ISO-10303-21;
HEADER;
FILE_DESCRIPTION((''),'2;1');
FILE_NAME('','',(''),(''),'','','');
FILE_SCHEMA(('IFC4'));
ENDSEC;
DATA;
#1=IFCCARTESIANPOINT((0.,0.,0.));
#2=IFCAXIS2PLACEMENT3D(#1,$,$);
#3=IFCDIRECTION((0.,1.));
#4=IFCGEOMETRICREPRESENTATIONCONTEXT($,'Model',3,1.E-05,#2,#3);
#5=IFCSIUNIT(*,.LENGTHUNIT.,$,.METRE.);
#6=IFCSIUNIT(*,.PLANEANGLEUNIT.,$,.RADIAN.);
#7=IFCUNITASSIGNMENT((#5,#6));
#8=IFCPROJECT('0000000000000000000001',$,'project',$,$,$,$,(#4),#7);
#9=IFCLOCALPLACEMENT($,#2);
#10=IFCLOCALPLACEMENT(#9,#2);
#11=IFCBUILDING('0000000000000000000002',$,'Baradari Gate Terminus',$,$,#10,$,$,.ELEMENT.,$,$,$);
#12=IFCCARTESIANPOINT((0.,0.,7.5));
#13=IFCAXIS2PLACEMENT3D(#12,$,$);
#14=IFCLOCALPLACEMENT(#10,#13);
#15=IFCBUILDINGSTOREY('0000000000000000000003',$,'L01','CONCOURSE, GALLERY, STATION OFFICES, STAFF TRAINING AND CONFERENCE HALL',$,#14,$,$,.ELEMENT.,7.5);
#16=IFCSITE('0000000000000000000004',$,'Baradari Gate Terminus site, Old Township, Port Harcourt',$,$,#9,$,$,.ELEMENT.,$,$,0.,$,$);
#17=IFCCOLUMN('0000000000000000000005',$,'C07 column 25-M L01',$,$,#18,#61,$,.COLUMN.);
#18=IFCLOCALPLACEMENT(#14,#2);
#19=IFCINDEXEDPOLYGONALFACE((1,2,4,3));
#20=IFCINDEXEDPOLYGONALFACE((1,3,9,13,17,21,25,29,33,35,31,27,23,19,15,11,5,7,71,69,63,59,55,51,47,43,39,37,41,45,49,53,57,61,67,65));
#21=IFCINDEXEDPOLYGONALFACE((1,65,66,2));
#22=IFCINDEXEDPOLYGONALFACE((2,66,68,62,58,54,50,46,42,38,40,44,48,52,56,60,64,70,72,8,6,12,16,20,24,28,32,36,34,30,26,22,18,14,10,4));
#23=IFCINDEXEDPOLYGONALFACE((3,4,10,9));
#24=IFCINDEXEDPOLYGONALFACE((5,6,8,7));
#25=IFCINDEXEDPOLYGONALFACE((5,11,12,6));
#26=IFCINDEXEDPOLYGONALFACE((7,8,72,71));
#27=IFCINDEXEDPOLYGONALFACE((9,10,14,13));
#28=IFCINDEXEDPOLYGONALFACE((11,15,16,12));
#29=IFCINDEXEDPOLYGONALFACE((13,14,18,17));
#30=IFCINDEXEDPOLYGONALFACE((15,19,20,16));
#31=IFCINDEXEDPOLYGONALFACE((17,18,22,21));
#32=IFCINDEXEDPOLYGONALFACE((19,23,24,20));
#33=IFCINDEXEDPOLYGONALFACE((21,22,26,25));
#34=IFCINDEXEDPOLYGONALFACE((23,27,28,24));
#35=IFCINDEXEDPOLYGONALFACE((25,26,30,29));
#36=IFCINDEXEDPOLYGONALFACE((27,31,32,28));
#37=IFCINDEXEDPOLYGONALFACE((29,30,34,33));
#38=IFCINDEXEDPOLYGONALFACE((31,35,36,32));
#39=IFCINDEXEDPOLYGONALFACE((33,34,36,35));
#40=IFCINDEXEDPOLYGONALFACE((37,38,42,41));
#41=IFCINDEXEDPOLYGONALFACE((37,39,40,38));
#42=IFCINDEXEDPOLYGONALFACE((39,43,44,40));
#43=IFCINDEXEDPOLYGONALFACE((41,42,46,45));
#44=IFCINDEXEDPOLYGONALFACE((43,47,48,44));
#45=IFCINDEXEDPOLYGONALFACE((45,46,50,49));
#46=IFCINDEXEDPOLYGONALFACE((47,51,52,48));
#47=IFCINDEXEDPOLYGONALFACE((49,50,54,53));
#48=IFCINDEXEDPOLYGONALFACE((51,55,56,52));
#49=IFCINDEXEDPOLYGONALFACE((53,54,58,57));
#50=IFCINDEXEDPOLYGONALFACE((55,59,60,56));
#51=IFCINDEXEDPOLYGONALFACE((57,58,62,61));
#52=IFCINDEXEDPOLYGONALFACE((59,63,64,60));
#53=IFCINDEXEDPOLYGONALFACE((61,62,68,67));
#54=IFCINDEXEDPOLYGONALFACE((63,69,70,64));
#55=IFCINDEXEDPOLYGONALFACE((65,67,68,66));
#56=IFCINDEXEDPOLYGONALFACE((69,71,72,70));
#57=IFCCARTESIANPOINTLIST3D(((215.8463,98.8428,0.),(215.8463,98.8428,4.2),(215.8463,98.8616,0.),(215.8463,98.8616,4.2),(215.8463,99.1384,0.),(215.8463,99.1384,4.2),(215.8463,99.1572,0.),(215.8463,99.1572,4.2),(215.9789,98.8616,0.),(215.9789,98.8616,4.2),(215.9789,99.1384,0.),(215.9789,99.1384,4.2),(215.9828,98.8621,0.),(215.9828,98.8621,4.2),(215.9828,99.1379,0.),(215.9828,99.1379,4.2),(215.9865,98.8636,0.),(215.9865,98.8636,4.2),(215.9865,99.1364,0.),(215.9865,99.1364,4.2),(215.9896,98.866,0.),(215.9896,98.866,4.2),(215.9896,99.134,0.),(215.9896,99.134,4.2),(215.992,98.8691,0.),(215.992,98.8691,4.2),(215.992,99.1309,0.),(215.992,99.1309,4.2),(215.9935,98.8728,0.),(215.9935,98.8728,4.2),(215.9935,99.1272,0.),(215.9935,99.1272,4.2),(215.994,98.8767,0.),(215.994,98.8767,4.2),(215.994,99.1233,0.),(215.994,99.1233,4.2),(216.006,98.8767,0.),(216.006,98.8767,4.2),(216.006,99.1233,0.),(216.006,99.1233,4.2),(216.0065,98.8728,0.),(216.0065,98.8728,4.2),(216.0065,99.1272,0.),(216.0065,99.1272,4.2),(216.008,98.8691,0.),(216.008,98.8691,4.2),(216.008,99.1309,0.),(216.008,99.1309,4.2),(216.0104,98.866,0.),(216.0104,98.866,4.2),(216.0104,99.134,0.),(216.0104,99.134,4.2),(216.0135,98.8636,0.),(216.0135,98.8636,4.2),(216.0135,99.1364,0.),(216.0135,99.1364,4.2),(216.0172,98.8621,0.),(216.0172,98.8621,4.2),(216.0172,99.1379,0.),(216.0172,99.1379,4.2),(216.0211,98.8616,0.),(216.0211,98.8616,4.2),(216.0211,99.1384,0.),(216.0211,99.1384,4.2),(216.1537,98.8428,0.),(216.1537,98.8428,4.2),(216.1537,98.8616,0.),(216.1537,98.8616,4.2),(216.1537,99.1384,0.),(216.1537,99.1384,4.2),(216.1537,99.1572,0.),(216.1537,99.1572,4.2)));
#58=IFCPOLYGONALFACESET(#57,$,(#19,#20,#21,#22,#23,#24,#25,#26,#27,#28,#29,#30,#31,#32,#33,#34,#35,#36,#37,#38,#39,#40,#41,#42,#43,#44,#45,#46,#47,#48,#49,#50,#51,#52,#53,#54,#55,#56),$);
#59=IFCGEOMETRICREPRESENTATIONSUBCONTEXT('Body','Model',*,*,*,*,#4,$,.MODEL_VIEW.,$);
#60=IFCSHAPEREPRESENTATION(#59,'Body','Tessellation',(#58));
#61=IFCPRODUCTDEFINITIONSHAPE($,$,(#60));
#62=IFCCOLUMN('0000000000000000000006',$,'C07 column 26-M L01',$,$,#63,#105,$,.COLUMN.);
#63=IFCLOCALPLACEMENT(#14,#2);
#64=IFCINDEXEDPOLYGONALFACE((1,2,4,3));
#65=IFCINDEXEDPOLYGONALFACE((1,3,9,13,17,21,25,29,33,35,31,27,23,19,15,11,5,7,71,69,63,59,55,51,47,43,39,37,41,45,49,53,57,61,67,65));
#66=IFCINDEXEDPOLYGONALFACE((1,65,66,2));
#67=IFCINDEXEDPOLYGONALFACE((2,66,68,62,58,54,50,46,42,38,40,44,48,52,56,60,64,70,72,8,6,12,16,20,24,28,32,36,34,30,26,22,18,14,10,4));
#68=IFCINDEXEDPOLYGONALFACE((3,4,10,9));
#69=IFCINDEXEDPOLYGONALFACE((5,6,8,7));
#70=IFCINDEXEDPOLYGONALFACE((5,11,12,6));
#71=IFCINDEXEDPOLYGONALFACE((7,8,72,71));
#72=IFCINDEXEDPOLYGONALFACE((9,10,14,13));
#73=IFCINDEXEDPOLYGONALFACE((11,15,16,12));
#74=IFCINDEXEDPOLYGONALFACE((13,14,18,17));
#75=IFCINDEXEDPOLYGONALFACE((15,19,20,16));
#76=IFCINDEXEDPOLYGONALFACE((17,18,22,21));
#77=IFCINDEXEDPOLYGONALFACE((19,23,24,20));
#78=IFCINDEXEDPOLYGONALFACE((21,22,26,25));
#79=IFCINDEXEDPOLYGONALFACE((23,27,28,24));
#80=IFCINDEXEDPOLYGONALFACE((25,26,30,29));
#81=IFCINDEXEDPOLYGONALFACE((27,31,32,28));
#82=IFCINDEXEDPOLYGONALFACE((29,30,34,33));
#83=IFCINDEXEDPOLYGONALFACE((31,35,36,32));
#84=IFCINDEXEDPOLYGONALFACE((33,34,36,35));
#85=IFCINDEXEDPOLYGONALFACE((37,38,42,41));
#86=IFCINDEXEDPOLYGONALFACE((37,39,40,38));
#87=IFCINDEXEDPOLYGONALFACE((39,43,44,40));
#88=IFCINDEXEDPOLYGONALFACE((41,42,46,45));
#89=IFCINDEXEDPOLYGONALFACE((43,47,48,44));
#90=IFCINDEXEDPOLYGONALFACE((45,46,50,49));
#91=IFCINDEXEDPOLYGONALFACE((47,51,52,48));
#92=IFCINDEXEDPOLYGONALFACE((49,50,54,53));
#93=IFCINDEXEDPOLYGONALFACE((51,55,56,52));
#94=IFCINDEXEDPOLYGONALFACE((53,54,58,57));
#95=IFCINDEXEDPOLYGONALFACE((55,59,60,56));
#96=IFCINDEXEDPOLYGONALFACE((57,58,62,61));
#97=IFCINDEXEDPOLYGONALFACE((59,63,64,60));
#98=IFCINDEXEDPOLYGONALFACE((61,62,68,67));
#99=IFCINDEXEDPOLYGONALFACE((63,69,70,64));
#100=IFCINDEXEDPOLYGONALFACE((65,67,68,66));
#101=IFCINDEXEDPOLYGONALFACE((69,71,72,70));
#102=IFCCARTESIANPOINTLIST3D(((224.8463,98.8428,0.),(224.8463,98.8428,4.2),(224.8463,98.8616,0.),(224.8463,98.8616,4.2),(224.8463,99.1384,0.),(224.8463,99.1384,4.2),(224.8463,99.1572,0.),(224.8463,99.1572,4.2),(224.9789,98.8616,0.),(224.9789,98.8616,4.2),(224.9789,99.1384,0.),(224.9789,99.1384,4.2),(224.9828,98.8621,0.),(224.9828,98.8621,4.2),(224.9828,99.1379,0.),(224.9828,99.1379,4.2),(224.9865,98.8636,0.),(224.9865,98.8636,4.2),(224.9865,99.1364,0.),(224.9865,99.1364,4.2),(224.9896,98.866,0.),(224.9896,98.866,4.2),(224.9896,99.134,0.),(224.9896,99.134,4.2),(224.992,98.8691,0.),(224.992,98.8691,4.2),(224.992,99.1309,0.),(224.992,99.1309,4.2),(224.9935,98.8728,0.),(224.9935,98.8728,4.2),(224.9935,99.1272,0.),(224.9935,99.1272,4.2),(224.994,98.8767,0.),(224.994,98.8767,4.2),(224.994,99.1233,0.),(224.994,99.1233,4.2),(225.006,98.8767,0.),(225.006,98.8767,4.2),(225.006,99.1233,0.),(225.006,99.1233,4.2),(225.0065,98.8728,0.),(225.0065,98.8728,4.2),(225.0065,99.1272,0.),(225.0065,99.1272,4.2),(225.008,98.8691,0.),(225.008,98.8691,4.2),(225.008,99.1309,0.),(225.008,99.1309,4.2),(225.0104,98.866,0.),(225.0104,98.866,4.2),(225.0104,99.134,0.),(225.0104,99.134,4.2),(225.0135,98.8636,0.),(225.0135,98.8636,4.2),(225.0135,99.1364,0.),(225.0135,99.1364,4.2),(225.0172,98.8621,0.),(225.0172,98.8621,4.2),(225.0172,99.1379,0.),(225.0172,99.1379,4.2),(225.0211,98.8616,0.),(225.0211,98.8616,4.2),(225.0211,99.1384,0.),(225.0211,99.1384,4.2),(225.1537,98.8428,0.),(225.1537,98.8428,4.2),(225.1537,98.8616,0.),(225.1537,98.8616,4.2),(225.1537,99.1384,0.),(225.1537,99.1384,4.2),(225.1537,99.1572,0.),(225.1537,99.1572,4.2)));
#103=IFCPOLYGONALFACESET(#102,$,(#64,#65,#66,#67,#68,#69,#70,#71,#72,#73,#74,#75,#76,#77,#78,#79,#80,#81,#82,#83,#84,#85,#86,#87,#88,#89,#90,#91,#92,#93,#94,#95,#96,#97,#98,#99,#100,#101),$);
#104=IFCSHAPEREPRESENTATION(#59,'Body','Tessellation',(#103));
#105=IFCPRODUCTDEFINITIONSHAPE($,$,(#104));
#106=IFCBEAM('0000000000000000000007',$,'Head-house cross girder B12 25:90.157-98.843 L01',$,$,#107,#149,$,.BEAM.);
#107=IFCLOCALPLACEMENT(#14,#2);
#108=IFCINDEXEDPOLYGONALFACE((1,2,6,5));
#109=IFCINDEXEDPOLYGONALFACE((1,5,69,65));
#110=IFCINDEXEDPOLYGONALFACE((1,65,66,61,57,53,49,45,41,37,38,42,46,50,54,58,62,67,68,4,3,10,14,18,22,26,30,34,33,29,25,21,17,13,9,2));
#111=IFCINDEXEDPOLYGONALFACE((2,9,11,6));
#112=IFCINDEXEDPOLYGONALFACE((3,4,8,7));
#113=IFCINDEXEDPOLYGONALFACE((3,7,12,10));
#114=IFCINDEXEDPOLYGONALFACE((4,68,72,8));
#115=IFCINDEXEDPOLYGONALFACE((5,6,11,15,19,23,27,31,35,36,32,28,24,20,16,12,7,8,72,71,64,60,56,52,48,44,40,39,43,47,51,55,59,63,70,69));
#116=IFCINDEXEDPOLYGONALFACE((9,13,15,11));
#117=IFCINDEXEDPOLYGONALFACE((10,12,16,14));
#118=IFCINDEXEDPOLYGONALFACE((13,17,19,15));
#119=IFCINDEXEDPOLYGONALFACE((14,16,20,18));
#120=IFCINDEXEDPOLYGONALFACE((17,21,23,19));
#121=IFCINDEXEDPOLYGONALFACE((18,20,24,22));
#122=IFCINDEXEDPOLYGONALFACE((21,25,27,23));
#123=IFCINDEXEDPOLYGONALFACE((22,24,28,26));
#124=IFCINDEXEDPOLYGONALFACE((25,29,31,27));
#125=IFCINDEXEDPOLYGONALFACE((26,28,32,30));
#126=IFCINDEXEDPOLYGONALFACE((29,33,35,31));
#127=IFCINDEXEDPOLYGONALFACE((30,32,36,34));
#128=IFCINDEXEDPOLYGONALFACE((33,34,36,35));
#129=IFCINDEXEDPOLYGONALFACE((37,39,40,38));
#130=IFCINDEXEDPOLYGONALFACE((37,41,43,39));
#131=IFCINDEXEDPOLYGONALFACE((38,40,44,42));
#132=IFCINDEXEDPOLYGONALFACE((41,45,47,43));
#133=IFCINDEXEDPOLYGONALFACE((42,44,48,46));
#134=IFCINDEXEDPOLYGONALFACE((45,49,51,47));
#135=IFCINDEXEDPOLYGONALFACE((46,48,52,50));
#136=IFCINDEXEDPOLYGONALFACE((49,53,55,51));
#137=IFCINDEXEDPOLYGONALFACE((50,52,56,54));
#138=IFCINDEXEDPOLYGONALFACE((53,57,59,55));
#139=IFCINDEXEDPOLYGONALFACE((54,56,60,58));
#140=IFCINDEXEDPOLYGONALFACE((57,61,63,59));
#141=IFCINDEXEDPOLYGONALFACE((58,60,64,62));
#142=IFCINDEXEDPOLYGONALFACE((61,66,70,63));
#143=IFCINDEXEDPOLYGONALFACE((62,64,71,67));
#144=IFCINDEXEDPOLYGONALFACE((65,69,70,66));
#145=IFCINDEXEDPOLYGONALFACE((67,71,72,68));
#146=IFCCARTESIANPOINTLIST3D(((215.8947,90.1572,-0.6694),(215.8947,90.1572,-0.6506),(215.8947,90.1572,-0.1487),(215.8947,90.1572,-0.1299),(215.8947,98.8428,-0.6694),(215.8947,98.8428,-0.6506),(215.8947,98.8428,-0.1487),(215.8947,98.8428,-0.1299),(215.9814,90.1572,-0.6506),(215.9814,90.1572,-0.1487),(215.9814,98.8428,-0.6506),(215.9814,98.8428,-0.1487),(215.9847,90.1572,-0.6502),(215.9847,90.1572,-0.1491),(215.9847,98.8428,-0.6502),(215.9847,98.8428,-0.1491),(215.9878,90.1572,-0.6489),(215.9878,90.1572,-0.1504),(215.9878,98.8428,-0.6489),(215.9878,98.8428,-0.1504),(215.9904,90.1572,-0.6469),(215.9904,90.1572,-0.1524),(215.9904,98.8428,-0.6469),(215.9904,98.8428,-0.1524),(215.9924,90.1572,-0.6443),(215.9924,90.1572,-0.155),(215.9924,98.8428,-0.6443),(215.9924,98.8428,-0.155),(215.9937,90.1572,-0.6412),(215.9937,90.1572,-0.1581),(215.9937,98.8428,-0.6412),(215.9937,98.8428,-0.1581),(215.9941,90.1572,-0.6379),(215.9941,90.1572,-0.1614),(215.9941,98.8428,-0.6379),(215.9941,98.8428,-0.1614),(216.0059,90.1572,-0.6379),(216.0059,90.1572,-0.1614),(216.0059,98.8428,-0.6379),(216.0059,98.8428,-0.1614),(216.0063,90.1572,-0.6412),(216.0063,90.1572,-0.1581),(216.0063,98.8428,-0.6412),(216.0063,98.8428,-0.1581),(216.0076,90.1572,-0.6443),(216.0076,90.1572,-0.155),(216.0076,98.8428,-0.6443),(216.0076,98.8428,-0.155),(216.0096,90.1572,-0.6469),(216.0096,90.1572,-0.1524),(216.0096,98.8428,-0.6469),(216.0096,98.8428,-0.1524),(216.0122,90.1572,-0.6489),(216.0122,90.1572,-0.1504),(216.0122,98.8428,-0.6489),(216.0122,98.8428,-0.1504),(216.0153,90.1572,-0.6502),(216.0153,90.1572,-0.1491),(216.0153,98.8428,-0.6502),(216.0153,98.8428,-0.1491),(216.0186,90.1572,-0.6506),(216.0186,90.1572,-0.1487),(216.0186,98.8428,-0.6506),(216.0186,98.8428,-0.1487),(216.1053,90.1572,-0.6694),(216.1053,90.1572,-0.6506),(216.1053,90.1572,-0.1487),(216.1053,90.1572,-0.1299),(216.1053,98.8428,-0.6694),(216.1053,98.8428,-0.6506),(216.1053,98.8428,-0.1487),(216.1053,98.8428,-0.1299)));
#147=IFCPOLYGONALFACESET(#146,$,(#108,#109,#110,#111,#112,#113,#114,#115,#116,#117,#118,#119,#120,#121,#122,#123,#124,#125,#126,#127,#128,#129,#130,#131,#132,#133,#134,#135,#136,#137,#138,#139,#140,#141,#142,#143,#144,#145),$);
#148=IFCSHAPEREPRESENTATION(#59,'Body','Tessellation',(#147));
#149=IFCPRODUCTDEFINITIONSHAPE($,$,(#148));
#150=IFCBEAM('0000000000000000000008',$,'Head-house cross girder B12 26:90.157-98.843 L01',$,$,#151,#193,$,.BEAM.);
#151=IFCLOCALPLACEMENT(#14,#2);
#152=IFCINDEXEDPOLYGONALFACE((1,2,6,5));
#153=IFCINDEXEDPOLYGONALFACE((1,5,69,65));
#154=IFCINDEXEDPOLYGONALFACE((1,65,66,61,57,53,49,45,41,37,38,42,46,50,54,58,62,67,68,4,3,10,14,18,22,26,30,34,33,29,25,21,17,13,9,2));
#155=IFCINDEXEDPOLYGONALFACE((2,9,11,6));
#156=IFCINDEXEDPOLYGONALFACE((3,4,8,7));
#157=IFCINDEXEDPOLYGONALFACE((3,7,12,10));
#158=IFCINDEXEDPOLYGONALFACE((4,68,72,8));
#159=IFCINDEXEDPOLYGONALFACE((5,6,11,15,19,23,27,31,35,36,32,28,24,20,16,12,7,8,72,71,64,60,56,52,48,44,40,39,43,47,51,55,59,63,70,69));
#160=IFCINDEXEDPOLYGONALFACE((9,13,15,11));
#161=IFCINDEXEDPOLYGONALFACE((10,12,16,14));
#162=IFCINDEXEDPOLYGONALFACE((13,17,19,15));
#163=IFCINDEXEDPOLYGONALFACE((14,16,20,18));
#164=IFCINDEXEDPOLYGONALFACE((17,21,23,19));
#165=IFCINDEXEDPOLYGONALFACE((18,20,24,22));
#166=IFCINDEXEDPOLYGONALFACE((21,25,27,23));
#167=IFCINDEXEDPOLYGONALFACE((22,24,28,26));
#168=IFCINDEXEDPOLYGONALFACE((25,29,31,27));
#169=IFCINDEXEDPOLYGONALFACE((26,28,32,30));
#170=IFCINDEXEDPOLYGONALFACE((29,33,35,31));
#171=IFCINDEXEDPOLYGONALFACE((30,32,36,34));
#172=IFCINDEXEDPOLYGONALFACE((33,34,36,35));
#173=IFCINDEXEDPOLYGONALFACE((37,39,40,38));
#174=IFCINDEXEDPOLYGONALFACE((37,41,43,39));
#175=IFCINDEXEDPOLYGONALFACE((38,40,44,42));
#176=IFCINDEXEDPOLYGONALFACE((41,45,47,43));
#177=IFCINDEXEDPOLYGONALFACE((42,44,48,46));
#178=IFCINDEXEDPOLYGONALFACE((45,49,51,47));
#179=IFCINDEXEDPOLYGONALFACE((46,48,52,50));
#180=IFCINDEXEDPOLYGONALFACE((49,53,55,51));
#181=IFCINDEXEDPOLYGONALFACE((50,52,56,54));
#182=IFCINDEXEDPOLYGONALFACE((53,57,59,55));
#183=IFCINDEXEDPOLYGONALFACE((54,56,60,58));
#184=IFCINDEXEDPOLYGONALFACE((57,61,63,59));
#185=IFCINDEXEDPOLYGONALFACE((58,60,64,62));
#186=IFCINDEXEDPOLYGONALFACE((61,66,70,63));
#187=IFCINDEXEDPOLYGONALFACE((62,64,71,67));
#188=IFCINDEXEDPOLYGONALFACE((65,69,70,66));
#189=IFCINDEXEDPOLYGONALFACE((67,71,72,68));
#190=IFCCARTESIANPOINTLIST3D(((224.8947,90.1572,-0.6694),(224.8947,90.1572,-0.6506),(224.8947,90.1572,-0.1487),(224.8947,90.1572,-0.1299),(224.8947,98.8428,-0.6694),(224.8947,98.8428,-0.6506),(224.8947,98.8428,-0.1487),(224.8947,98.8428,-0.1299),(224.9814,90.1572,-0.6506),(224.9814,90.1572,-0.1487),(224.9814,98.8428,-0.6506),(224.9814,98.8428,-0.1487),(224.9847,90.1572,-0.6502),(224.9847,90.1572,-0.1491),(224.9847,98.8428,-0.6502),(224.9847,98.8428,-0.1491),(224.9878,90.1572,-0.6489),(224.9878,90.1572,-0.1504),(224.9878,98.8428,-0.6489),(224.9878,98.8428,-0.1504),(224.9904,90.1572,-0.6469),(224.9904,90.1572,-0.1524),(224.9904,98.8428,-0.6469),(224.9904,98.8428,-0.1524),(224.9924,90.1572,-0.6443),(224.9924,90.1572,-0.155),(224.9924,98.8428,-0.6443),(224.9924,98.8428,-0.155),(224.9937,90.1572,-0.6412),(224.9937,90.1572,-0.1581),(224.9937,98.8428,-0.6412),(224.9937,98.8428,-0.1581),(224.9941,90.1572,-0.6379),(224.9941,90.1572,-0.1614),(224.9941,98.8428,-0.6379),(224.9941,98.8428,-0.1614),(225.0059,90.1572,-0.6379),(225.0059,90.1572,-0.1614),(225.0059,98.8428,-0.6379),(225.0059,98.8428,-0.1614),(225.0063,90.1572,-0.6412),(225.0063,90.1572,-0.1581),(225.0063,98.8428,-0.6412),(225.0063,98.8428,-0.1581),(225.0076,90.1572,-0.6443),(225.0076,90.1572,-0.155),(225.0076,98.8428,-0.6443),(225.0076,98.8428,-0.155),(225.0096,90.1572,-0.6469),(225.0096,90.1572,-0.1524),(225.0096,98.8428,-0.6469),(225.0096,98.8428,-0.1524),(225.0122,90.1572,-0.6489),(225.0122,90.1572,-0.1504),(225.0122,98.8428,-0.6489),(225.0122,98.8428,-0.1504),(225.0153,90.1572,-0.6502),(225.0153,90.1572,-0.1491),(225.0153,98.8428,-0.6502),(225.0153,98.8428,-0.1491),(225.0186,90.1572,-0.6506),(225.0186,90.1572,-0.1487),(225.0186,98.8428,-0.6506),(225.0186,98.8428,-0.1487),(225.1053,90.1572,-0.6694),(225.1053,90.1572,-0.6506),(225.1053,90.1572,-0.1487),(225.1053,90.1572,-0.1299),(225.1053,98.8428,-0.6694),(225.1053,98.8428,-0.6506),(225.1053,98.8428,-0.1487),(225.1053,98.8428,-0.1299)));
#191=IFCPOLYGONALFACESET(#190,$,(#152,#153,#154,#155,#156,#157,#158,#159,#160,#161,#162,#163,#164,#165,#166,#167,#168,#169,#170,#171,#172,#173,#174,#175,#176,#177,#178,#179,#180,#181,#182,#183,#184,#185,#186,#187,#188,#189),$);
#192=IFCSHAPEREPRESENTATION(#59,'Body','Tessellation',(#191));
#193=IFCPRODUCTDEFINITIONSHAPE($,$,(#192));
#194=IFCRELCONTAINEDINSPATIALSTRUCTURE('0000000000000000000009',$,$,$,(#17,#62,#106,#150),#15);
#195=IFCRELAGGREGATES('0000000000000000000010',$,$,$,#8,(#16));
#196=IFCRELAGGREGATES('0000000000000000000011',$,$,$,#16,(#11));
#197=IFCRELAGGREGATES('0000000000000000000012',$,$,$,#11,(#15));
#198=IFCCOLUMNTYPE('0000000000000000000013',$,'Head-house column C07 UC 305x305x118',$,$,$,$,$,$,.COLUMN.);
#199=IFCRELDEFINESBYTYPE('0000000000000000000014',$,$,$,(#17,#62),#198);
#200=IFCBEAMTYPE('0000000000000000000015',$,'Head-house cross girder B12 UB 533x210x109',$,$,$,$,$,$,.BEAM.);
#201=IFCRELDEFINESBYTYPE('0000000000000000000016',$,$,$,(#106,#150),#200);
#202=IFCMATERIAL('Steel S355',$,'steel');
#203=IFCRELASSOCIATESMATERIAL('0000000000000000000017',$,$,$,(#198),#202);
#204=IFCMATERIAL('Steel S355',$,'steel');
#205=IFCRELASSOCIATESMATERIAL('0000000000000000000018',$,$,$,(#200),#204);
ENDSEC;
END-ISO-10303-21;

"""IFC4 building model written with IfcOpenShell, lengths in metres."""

from ifc_helpers import new_model, si_unit, direction, frame, origin, origin_2d, place, context, subcontext, project, spatial, i_section, extrude, material, material_profile, profile_set, type_object, element, save


model = new_model("IFC4")

# Units and contexts
model_context = context("Model", 3, precision=1e-05, world=origin(), true_north=direction((0.0, 1.0)))
body_context = subcontext(model_context, "Body", "Model", "MODEL_VIEW")
ifc_project = project(units=[si_unit("LENGTHUNIT", "METRE"), si_unit("PLANEANGLEUNIT", "RADIAN")], contexts=[model_context])

# Site, building, storey
site_placement = place(None, origin())
site = spatial("IfcSite", under=ifc_project, at=site_placement, Name="Baradari Gate Terminus site, Old Township, Port Harcourt", CompositionType="ELEMENT", RefElevation=0.0)
building_placement = place(site_placement, origin())
building = spatial("IfcBuilding", under=site, at=building_placement, Name="Baradari Gate Terminus", CompositionType="ELEMENT")
storey_placement = place(building_placement, frame((0.0, 0.0, 7.5)))
storey = spatial("IfcBuildingStorey", under=building, at=storey_placement, Name="L01", Description="CONCOURSE, GALLERY, STATION OFFICES, STAFF TRAINING AND CONFERENCE HALL", CompositionType="ELEMENT", Elevation=7.5)

# Columns
ifc_material_1 = material(Name="Steel S355", Category="steel")
ifc_material_profile_1 = material_profile(ifc_material_1, i_section(OverallWidth=0.3074, OverallDepth=0.3145, WebThickness=0.012, FlangeThickness=0.0188, FilletRadius=0.0151, at=origin_2d()), Name="UC 305x305x118")
ifc_profile_set_1 = profile_set([ifc_material_profile_1], Name="Steel S355")
column_type = type_object("IfcColumnType", Name="Head-house column C07 UC 305x305x118", PredefinedType="COLUMN", material=ifc_profile_set_1)
for number, where, z_axis, x_axis, name in (
    (1, (216.0, 99.0, 0.0), (0.0, 0.0, 1.0), (1.0, 0.0, 0.0), "C07 column 25-M L01"),
    (2, (225.0, 99.0, 0.0), (0.0, 0.0, 1.0), (1.0, 0.0, 0.0), "C07 column 26-M L01"),
):
    element("IfcColumn", number, at=place(storey_placement, frame(where, z_axis=z_axis, x_axis=x_axis)), inside=storey, type_object=column_type, Name=name, PredefinedType="COLUMN", context=body_context, shape_type="SweptSolid", body=[
        extrude(i_section(OverallWidth=0.3074, OverallDepth=0.3145, WebThickness=0.012, FlangeThickness=0.0188, FilletRadius=0.0151, at=origin_2d()), origin(), (0.0, 0.0, 1.0), 4.2),
    ])

# Beams
ifc_material_2 = material(Name="Steel S355", Category="steel")
ifc_material_profile_2 = material_profile(ifc_material_2, i_section(OverallWidth=0.2107, OverallDepth=0.5396, WebThickness=0.0117, FlangeThickness=0.0188, FilletRadius=0.0127, at=origin_2d()), Name="UB 533x210x109")
ifc_profile_set_2 = profile_set([ifc_material_profile_2], Name="Steel S355")
beam_type_1 = type_object("IfcBeamType", Name="Head-house cross girder B12 UB 533x210x109", PredefinedType="BEAM", material=ifc_profile_set_2)
for number, where, z_axis, x_axis, name in (
    (3, (216.0, 90.1572, -0.3997), (0.0, 1.0, 0.0), (-1.0, 0.0, 0.0), "Head-house cross girder B12 25:90.157-98.843 L01"),
    (4, (225.0, 90.1572, -0.3997), (0.0, 1.0, 0.0), (-1.0, 0.0, 0.0), "Head-house cross girder B12 26:90.157-98.843 L01"),
):
    element("IfcBeam", number, at=place(storey_placement, frame(where, z_axis=z_axis, x_axis=x_axis)), inside=storey, type_object=beam_type_1, Name=name, PredefinedType="BEAM", context=body_context, shape_type="SweptSolid", body=[
        extrude(i_section(OverallWidth=0.2107, OverallDepth=0.5396, WebThickness=0.0117, FlangeThickness=0.0188, FilletRadius=0.0127, at=origin_2d()), origin(), (0.0, 0.0, 1.0), 8.6855),
    ])

save(model, "model.ifc")
